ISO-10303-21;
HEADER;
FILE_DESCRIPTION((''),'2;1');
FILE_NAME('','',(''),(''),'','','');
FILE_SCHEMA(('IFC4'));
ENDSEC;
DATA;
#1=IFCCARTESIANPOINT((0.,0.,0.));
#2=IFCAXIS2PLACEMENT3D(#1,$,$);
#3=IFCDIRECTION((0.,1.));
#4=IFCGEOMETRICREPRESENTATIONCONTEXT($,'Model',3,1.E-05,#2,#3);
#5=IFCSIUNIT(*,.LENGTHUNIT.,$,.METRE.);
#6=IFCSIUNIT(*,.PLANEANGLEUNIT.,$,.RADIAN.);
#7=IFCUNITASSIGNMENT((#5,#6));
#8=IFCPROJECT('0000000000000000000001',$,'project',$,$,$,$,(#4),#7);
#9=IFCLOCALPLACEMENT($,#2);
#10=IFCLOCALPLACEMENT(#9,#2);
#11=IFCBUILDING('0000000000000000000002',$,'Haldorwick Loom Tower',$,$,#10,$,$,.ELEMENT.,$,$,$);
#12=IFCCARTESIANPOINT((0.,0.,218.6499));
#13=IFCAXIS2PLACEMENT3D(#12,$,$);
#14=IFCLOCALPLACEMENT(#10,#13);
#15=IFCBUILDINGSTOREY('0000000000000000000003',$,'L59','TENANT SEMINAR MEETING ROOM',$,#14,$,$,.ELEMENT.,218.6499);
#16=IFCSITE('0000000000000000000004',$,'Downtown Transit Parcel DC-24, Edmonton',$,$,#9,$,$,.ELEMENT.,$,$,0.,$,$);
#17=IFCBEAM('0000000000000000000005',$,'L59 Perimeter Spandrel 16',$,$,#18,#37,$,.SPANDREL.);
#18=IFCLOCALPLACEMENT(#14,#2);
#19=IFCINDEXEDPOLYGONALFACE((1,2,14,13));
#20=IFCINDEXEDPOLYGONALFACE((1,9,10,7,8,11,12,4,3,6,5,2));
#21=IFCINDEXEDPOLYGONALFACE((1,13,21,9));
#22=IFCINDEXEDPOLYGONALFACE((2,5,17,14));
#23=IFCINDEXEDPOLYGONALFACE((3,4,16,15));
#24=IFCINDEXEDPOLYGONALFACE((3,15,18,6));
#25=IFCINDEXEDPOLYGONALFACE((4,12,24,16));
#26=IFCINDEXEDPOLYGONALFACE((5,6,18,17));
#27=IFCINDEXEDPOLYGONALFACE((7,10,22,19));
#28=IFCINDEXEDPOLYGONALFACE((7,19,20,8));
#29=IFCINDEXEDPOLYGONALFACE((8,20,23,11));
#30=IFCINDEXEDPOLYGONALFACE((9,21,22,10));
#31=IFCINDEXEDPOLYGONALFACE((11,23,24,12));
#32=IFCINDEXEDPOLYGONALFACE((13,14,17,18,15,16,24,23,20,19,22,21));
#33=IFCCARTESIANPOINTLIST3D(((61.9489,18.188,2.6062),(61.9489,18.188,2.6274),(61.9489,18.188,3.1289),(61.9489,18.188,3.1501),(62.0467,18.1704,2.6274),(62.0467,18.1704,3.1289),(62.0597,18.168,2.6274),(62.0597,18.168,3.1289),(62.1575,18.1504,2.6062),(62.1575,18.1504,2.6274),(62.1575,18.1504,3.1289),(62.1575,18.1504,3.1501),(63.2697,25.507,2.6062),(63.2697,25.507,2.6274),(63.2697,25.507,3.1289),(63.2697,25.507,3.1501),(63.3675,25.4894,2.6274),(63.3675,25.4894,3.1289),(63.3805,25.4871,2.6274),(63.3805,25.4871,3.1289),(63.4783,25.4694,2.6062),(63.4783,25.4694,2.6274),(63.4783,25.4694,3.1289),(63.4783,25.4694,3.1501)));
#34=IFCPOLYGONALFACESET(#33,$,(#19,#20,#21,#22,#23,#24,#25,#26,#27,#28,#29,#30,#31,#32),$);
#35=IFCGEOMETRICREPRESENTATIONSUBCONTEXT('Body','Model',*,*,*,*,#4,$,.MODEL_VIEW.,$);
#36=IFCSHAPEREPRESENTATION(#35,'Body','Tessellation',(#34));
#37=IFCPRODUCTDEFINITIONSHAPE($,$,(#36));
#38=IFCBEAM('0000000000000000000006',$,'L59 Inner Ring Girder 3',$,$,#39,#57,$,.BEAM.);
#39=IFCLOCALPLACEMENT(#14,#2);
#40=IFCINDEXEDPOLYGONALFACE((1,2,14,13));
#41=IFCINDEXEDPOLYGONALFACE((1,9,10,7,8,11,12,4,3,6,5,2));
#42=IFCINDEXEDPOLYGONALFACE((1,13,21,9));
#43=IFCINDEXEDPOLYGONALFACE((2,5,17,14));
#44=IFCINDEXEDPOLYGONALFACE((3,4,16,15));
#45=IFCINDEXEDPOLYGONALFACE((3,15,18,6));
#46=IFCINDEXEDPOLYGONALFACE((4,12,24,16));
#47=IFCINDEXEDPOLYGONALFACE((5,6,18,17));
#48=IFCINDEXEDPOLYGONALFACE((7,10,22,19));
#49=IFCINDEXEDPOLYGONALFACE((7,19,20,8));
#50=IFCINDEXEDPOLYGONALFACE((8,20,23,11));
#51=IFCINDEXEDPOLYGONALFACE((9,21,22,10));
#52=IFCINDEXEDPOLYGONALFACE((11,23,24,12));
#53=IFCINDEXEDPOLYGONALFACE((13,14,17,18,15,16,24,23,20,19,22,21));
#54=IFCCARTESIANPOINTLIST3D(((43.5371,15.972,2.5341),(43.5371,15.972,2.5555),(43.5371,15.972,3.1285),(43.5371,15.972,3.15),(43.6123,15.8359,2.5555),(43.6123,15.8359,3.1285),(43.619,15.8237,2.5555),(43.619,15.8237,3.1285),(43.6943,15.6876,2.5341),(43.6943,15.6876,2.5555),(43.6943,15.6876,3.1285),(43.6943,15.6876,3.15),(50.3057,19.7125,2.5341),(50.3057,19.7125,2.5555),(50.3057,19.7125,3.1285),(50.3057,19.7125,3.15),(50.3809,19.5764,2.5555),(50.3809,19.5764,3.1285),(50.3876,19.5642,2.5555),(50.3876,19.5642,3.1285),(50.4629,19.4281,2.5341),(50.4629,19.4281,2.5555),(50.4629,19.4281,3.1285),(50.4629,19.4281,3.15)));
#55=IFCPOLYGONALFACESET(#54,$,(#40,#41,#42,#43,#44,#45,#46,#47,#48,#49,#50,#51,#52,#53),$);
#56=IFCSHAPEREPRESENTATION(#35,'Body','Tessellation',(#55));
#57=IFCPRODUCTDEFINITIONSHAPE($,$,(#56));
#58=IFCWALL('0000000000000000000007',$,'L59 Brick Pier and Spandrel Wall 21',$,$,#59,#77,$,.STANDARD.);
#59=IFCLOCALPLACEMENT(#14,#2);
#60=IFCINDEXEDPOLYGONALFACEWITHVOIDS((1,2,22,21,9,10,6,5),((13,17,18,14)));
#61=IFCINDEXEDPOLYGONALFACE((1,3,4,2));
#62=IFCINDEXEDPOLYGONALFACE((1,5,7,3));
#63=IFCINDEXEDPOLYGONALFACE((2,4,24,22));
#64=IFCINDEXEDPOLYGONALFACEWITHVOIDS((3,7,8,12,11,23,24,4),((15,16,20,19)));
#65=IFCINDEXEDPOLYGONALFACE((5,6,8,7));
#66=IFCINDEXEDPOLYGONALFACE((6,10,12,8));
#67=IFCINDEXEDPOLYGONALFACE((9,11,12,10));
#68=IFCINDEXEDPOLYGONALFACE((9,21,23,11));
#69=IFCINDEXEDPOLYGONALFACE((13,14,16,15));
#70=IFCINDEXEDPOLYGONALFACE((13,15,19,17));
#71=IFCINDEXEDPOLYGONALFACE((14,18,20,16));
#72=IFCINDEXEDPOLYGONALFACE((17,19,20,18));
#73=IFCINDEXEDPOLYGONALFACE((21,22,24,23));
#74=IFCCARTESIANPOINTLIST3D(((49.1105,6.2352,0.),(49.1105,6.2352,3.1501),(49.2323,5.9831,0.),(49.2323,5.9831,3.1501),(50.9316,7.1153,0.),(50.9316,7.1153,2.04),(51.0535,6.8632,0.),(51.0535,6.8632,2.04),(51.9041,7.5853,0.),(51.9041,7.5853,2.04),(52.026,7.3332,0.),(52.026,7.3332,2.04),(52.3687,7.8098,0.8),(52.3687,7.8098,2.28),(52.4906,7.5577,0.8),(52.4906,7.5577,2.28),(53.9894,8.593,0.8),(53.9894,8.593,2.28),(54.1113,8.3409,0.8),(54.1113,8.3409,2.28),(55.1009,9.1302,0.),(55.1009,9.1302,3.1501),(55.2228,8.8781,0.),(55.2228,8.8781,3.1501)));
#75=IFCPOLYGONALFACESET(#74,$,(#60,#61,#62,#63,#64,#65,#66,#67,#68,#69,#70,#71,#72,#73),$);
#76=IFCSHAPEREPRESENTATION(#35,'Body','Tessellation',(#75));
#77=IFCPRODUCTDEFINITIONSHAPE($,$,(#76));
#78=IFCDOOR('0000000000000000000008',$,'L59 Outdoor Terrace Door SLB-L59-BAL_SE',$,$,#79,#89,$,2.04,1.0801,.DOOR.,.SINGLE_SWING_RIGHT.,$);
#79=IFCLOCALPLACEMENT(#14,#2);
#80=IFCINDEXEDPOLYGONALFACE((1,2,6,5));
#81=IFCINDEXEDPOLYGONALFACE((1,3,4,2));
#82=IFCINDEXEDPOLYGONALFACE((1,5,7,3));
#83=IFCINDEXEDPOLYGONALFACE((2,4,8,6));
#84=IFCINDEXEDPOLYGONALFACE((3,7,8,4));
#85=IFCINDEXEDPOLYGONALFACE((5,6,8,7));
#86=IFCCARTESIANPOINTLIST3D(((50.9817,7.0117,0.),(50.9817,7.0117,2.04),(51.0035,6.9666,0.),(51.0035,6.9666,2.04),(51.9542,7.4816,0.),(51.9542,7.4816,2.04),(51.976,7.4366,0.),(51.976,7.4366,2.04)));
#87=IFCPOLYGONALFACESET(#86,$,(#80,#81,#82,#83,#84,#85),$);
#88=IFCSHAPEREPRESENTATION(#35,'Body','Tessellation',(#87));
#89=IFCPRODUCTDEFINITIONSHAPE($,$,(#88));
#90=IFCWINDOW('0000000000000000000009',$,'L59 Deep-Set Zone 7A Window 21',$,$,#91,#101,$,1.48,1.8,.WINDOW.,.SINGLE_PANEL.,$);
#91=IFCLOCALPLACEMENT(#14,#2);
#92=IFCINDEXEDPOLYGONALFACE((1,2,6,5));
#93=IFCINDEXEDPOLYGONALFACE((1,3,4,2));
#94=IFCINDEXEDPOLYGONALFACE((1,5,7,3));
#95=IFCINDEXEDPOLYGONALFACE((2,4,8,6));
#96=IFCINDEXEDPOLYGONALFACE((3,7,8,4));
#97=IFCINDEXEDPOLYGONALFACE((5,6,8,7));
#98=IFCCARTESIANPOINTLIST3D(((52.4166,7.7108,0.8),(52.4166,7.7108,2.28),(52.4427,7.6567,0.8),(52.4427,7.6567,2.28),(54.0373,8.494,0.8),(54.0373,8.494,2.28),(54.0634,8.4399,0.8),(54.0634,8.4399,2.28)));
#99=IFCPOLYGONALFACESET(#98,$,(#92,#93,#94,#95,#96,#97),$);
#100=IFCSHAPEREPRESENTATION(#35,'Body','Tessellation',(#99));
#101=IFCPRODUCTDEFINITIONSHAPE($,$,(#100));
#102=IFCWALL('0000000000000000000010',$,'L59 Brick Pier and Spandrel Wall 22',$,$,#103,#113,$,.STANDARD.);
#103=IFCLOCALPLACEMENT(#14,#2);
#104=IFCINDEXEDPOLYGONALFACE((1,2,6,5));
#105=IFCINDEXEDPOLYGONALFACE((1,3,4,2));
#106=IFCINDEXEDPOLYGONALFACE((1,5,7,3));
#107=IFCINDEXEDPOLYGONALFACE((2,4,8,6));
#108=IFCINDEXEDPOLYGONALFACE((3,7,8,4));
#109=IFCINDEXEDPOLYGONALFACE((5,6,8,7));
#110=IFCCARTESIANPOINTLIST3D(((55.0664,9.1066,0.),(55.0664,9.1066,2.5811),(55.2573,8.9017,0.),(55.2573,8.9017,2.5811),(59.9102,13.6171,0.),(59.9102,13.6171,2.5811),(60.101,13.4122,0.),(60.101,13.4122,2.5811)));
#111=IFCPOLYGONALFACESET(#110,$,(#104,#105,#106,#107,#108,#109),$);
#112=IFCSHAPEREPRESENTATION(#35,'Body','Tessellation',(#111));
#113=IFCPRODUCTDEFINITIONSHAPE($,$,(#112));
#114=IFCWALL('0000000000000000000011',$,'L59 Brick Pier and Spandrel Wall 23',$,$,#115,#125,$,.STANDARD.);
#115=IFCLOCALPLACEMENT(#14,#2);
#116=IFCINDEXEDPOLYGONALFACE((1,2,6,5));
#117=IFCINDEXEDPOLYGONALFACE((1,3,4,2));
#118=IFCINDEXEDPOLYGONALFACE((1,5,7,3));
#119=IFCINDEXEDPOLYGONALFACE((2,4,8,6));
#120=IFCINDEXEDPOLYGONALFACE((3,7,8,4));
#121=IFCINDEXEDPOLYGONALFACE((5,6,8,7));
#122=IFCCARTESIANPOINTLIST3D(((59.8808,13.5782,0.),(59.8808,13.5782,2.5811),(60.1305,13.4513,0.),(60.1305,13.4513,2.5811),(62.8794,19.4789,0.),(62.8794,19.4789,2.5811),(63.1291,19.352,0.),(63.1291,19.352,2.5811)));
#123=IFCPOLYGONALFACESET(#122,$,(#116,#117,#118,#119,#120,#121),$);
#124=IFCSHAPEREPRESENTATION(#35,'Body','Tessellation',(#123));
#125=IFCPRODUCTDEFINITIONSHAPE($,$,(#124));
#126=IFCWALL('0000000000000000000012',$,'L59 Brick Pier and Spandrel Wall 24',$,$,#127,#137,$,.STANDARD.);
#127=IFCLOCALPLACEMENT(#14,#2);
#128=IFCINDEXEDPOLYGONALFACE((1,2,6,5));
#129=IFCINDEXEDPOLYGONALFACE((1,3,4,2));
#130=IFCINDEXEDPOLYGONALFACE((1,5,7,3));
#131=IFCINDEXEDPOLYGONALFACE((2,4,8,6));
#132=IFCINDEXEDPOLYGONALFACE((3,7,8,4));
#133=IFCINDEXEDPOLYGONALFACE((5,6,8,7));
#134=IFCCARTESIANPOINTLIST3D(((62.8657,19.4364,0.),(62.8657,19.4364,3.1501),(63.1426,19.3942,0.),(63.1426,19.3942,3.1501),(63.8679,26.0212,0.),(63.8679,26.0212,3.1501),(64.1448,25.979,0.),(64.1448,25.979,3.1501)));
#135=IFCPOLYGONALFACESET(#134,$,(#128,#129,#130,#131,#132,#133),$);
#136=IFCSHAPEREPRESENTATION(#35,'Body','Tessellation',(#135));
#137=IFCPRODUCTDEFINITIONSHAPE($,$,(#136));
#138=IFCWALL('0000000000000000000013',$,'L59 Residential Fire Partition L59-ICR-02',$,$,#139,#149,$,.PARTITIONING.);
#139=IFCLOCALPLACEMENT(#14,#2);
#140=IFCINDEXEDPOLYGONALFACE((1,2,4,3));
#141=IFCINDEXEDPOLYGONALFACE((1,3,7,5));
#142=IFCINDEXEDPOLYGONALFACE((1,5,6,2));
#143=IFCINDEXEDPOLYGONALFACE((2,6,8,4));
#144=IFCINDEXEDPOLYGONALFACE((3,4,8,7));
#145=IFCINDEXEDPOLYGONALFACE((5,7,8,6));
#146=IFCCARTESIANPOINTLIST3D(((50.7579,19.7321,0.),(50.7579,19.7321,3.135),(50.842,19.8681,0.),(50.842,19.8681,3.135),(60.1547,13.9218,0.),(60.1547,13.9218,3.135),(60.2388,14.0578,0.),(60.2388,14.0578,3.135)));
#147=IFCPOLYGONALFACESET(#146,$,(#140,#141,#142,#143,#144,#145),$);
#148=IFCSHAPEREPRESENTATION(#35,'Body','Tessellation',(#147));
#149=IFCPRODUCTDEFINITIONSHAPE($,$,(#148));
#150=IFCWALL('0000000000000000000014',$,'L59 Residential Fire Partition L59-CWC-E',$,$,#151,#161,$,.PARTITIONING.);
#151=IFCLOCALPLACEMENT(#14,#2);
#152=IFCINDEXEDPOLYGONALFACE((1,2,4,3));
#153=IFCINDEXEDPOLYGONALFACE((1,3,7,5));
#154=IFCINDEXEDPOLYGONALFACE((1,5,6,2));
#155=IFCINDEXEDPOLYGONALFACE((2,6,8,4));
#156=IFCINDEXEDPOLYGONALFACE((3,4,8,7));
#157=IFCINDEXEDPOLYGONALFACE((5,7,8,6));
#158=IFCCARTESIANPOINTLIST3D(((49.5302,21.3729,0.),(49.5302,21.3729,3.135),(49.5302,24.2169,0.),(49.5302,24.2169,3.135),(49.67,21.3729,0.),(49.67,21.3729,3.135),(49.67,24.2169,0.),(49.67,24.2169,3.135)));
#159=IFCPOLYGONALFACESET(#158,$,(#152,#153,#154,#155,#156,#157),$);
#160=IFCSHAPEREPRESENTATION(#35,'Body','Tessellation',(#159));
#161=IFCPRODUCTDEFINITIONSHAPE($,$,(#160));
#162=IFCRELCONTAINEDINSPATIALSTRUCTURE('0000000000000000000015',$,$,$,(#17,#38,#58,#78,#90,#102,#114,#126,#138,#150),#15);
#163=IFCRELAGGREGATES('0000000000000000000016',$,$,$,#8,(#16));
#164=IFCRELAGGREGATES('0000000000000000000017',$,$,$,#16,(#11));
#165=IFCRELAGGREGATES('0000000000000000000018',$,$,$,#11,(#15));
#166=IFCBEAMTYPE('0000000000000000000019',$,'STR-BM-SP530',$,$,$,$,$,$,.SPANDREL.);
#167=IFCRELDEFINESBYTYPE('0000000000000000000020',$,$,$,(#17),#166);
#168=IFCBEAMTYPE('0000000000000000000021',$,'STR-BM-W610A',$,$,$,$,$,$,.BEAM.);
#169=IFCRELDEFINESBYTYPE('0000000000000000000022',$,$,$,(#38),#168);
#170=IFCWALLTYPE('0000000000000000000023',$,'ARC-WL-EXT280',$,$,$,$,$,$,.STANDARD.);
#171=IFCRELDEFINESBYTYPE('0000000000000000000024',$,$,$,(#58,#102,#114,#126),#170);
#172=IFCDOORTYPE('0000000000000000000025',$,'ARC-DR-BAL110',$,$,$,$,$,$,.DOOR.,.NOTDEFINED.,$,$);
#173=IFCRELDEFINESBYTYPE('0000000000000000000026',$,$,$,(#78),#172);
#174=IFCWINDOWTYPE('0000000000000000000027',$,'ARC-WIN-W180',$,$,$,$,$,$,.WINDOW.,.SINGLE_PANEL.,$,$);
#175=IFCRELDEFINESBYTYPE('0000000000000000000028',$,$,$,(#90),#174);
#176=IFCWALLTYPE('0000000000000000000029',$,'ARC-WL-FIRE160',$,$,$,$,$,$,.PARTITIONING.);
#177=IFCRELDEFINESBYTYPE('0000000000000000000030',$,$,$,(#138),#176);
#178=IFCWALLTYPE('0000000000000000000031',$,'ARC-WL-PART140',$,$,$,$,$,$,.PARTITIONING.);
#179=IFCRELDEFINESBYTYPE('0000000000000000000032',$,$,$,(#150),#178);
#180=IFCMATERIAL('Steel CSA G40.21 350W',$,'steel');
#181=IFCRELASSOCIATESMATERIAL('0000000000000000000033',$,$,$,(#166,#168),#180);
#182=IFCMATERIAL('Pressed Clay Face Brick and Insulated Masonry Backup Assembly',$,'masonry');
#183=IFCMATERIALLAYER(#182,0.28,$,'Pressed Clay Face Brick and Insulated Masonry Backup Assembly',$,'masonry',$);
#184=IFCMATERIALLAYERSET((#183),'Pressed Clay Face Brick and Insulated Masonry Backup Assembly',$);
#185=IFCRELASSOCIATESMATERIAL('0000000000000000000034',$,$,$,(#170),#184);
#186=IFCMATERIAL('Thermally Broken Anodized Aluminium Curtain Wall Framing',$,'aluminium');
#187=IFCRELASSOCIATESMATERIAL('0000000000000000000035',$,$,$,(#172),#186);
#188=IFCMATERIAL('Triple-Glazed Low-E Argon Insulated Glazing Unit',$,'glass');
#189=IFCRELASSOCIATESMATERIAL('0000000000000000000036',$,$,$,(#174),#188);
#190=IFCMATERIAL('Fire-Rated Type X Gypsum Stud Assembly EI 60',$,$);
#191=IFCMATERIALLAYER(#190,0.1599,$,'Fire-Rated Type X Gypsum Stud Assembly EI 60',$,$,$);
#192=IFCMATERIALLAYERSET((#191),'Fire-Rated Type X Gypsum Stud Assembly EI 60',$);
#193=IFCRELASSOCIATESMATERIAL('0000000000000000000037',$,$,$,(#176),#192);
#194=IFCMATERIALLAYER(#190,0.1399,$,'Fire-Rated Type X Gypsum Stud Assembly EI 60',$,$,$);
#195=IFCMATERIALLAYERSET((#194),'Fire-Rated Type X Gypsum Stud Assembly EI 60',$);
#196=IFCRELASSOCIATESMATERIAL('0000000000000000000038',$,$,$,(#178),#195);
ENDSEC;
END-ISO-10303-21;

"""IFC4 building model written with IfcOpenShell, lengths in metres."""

from ifc_helpers import new_model, si_unit, direction, frame, frame_2d, origin, origin_2d, place, context, subcontext, project, spatial, rectangle, i_section, extrude, material, layer, layer_set, material_profile, profile_set, type_object, element, fill, save


model = new_model("IFC4")

# Units and contexts
model_context = context("Model", 3, precision=1e-05, world=origin(), true_north=direction((0.0, 1.0)))
body_context = subcontext(model_context, "Body", "Model", "MODEL_VIEW")
ifc_project = project(units=[si_unit("LENGTHUNIT", "METRE"), si_unit("PLANEANGLEUNIT", "RADIAN")], contexts=[model_context])

# Site, building, storey
site_placement = place(None, origin())
site = spatial("IfcSite", under=ifc_project, at=site_placement, Name="Downtown Transit Parcel DC-24, Edmonton", CompositionType="ELEMENT", RefElevation=0.0)
building_placement = place(site_placement, origin())
building = spatial("IfcBuilding", under=site, at=building_placement, Name="Haldorwick Loom Tower", CompositionType="ELEMENT")
storey_placement = place(building_placement, frame((0.0, 0.0, 218.6499)))
storey = spatial("IfcBuildingStorey", under=building, at=storey_placement, Name="L59", Description="TENANT SEMINAR MEETING ROOM", CompositionType="ELEMENT", Elevation=218.6499)

# Beams
ifc_material_1 = material(Name="Steel CSA G40.21 350W", Category="steel")
ifc_material_profile_1 = material_profile(ifc_material_1, i_section(OverallWidth=0.2119, OverallDepth=0.5439, WebThickness=0.0132, FlangeThickness=0.0212, at=origin_2d()), Name="W530X123", Category="steel")
ifc_profile_set_1 = profile_set([ifc_material_profile_1], Name="Steel CSA G40.21 350W")
beam_type_1 = type_object("IfcBeamType", Name="STR-BM-SP530", PredefinedType="SPANDREL", material=ifc_profile_set_1)
beam_1_placement = place(storey_placement, frame((62.0532, 18.1692, 2.8782), z_axis=(0.177591, 0.984104, 0.0), x_axis=(-0.984104, 0.177591, 0.0)))
element("IfcBeam", 1, at=beam_1_placement, inside=storey, type_object=beam_type_1, Name="L59 Perimeter Spandrel 16", PredefinedType="SPANDREL", context=body_context, shape_type="SweptSolid", body=[
    extrude(i_section(OverallWidth=0.2119, OverallDepth=0.5439, WebThickness=0.0132, FlangeThickness=0.0212, at=origin_2d()), origin(), (0.0, 0.0, 1.0), 7.4373),
])
ifc_material_profile_2 = material_profile(ifc_material_1, i_section(OverallWidth=0.325, OverallDepth=0.616, WebThickness=0.0139, FlangeThickness=0.0215, at=origin_2d()), Name="W610X174", Category="steel")
ifc_profile_set_2 = profile_set([ifc_material_profile_2], Name="Steel CSA G40.21 350W")
beam_type_2 = type_object("IfcBeamType", Name="STR-BM-W610A", PredefinedType="BEAM", material=ifc_profile_set_2)
beam_2_placement = place(storey_placement, frame((50.3843, 19.5703, 2.842), z_axis=(-0.875244, -0.483682, 0.0), x_axis=(0.483682, -0.875244, 0.0)))
element("IfcBeam", 2, at=beam_2_placement, inside=storey, type_object=beam_type_2, Name="L59 Inner Ring Girder 3", PredefinedType="BEAM", context=body_context, shape_type="SweptSolid", body=[
    extrude(i_section(OverallWidth=0.325, OverallDepth=0.616, WebThickness=0.0139, FlangeThickness=0.0215, at=origin_2d()), origin(), (0.0, 0.0, 1.0), 7.7334),
])

# Wall, openings, door, window
ifc_material_2 = material(Name="Pressed Clay Face Brick and Insulated Masonry Backup Assembly", Category="masonry")
ifc_layer_1 = layer(ifc_material_2, 0.28, Name="Pressed Clay Face Brick and Insulated Masonry Backup Assembly", Category="masonry")
ifc_layer_set_1 = layer_set([ifc_layer_1], Name="Pressed Clay Face Brick and Insulated Masonry Backup Assembly")
wall_type_1 = type_object("IfcWallType", Name="ARC-WL-EXT280", PredefinedType="STANDARD", material=ifc_layer_set_1)
wall_1_placement = place(storey_placement, frame((49.1714, 6.1091, 0.0), z_axis=(0.0, 0.0, 1.0), x_axis=(0.900371, 0.435123, 0.0)))
wall_1 = element("IfcWall", 3, at=wall_1_placement, inside=storey, type_object=wall_type_1, Name="L59 Brick Pier and Spandrel Wall 21", PredefinedType="STANDARD", context=body_context, shape_type="SweptSolid", body=[
    extrude(rectangle(XDim=6.6533, YDim=0.28, at=frame_2d((3.3267, 0.0))), origin(), (0.0, 0.0, 1.0), 3.1501),
])
opening_1_placement = place(wall_1_placement, frame((2.0227, 0.0, 0.0)))
opening_1 = element("IfcOpeningElement", 4, at=opening_1_placement, cuts=wall_1, PredefinedType="OPENING", context=body_context, shape_type="SweptSolid", body=[
    extrude(rectangle(XDim=1.0801, YDim=2.04, at=frame_2d((0.54, 1.02))), frame((0.0, 0.1499, 0.0), z_axis=(0.0, -1.0, 0.0), x_axis=(1.0, 0.0, 0.0)), (0.0, 0.0, 1.0), 0.3),
])
opening_2_placement = place(wall_1_placement, frame((3.6189, 0.0, 0.8)))
opening_2 = element("IfcOpeningElement", 5, at=opening_2_placement, cuts=wall_1, PredefinedType="OPENING", context=body_context, shape_type="SweptSolid", body=[
    extrude(rectangle(XDim=1.8, YDim=1.48, at=frame_2d((0.8999, 0.74))), frame((0.0, 0.1499, 0.0), z_axis=(0.0, -1.0, 0.0), x_axis=(1.0, 0.0, 0.0)), (0.0, 0.0, 1.0), 0.3),
])
ifc_material_3 = material(Name="Thermally Broken Anodized Aluminium Curtain Wall Framing", Category="aluminium")
door_type = type_object("IfcDoorType", Name="ARC-DR-BAL110", OperationType="NOTDEFINED", PredefinedType="DOOR", material=ifc_material_3)
door_placement = place(opening_1_placement, origin())
door = element("IfcDoor", 6, at=door_placement, inside=storey, type_object=door_type, Name="L59 Outdoor Terrace Door SLB-L59-BAL_SE", OperationType="SINGLE_SWING_RIGHT", OverallHeight=2.04, OverallWidth=1.0801, PredefinedType="DOOR", context=body_context, shape_type="SweptSolid", body=[
    extrude(rectangle(XDim=1.0801, YDim=2.04, at=frame_2d((0.54, 1.02))), frame((0.0, 0.0249, 0.0), z_axis=(0.0, -1.0, 0.0), x_axis=(1.0, 0.0, 0.0)), (0.0, 0.0, 1.0), 0.05),
])
fill(opening_1, door)
ifc_material_4 = material(Name="Triple-Glazed Low-E Argon Insulated Glazing Unit", Category="glass")
window_type = type_object("IfcWindowType", Name="ARC-WIN-W180", PartitioningType="SINGLE_PANEL", PredefinedType="WINDOW", material=ifc_material_4)
window_placement = place(opening_2_placement, origin())
window = element("IfcWindow", 7, at=window_placement, inside=storey, type_object=window_type, Name="L59 Deep-Set Zone 7A Window 21", OverallHeight=1.48, OverallWidth=1.8, PartitioningType="SINGLE_PANEL", PredefinedType="WINDOW", context=body_context, shape_type="SweptSolid", body=[
    extrude(rectangle(XDim=1.8, YDim=1.48, at=frame_2d((0.8999, 0.74))), frame((0.0, 0.03, 0.0), z_axis=(0.0, -1.0, 0.0), x_axis=(1.0, 0.0, 0.0)), (0.0, 0.0, 1.0), 0.0601),
])
fill(opening_2, window)

# Walls
wall_2_placement = place(storey_placement, frame((55.1619, 9.0042, 0.0), z_axis=(0.0, 0.0, 1.0), x_axis=(0.731834, 0.681483, 0.0)))
element("IfcWall", 8, at=wall_2_placement, inside=storey, type_object=wall_type_1, Name="L59 Brick Pier and Spandrel Wall 22", PredefinedType="STANDARD", context=body_context, shape_type="SweptSolid", body=[
    extrude(rectangle(XDim=6.6187, YDim=0.28, at=frame_2d((3.3093, 0.0))), origin(), (0.0, 0.0, 1.0), 2.5811),
])
wall_3_placement = place(storey_placement, frame((60.0056, 13.5146, 0.0), z_axis=(0.0, 0.0, 1.0), x_axis=(0.453032, 0.891494, 0.0)))
element("IfcWall", 9, at=wall_3_placement, inside=storey, type_object=wall_type_1, Name="L59 Brick Pier and Spandrel Wall 23", PredefinedType="STANDARD", context=body_context, shape_type="SweptSolid", body=[
    extrude(rectangle(XDim=6.6189, YDim=0.28, at=frame_2d((3.3096, 0.0))), origin(), (0.0, 0.0, 1.0), 2.5811),
])
wall_4_placement = place(storey_placement, frame((63.0042, 19.4153, 0.0), z_axis=(0.0, 0.0, 1.0), x_axis=(0.150468, 0.988615, 0.0)))
element("IfcWall", 10, at=wall_4_placement, inside=storey, type_object=wall_type_1, Name="L59 Brick Pier and Spandrel Wall 24", PredefinedType="STANDARD", context=body_context, shape_type="SweptSolid", body=[
    extrude(rectangle(XDim=6.6606, YDim=0.28, at=frame_2d((3.3303, 0.0))), origin(), (0.0, 0.0, 1.0), 3.1501),
])
ifc_material_5 = material(Name="Fire-Rated Type X Gypsum Stud Assembly EI 60")
ifc_layer_2 = layer(ifc_material_5, 0.1599, Name="Fire-Rated Type X Gypsum Stud Assembly EI 60")
ifc_layer_set_2 = layer_set([ifc_layer_2], Name="Fire-Rated Type X Gypsum Stud Assembly EI 60")
wall_type_2 = type_object("IfcWallType", Name="ARC-WL-FIRE160", PredefinedType="PARTITIONING", material=ifc_layer_set_2)
wall_5_placement = place(storey_placement, frame((50.8, 19.8, 0.0), z_axis=(0.0, 0.0, 1.0), x_axis=(0.850537, -0.525915, 0.0)))
element("IfcWall", 11, at=wall_5_placement, inside=storey, type_object=wall_type_2, Name="L59 Residential Fire Partition L59-ICR-02", PredefinedType="PARTITIONING", context=body_context, shape_type="SweptSolid", body=[
    extrude(rectangle(XDim=11.0481, YDim=0.1599, at=frame_2d((5.5239, 0.0))), origin(), (0.0, 0.0, 1.0), 3.135),
])
ifc_layer_3 = layer(ifc_material_5, 0.1399, Name="Fire-Rated Type X Gypsum Stud Assembly EI 60")
ifc_layer_set_3 = layer_set([ifc_layer_3], Name="Fire-Rated Type X Gypsum Stud Assembly EI 60")
wall_type_3 = type_object("IfcWallType", Name="ARC-WL-PART140", PredefinedType="PARTITIONING", material=ifc_layer_set_3)
wall_6_placement = place(storey_placement, frame((49.6001, 21.373, 0.0), z_axis=(0.0, 0.0, 1.0), x_axis=(0.0, 1.0, 0.0)))
element("IfcWall", 12, at=wall_6_placement, inside=storey, type_object=wall_type_3, Name="L59 Residential Fire Partition L59-CWC-E", PredefinedType="PARTITIONING", context=body_context, shape_type="SweptSolid", body=[
    extrude(rectangle(XDim=2.844, YDim=0.1399, at=frame_2d((1.4219, 0.0))), origin(), (0.0, 0.0, 1.0), 3.135),
])

save(model, "model.ifc")
